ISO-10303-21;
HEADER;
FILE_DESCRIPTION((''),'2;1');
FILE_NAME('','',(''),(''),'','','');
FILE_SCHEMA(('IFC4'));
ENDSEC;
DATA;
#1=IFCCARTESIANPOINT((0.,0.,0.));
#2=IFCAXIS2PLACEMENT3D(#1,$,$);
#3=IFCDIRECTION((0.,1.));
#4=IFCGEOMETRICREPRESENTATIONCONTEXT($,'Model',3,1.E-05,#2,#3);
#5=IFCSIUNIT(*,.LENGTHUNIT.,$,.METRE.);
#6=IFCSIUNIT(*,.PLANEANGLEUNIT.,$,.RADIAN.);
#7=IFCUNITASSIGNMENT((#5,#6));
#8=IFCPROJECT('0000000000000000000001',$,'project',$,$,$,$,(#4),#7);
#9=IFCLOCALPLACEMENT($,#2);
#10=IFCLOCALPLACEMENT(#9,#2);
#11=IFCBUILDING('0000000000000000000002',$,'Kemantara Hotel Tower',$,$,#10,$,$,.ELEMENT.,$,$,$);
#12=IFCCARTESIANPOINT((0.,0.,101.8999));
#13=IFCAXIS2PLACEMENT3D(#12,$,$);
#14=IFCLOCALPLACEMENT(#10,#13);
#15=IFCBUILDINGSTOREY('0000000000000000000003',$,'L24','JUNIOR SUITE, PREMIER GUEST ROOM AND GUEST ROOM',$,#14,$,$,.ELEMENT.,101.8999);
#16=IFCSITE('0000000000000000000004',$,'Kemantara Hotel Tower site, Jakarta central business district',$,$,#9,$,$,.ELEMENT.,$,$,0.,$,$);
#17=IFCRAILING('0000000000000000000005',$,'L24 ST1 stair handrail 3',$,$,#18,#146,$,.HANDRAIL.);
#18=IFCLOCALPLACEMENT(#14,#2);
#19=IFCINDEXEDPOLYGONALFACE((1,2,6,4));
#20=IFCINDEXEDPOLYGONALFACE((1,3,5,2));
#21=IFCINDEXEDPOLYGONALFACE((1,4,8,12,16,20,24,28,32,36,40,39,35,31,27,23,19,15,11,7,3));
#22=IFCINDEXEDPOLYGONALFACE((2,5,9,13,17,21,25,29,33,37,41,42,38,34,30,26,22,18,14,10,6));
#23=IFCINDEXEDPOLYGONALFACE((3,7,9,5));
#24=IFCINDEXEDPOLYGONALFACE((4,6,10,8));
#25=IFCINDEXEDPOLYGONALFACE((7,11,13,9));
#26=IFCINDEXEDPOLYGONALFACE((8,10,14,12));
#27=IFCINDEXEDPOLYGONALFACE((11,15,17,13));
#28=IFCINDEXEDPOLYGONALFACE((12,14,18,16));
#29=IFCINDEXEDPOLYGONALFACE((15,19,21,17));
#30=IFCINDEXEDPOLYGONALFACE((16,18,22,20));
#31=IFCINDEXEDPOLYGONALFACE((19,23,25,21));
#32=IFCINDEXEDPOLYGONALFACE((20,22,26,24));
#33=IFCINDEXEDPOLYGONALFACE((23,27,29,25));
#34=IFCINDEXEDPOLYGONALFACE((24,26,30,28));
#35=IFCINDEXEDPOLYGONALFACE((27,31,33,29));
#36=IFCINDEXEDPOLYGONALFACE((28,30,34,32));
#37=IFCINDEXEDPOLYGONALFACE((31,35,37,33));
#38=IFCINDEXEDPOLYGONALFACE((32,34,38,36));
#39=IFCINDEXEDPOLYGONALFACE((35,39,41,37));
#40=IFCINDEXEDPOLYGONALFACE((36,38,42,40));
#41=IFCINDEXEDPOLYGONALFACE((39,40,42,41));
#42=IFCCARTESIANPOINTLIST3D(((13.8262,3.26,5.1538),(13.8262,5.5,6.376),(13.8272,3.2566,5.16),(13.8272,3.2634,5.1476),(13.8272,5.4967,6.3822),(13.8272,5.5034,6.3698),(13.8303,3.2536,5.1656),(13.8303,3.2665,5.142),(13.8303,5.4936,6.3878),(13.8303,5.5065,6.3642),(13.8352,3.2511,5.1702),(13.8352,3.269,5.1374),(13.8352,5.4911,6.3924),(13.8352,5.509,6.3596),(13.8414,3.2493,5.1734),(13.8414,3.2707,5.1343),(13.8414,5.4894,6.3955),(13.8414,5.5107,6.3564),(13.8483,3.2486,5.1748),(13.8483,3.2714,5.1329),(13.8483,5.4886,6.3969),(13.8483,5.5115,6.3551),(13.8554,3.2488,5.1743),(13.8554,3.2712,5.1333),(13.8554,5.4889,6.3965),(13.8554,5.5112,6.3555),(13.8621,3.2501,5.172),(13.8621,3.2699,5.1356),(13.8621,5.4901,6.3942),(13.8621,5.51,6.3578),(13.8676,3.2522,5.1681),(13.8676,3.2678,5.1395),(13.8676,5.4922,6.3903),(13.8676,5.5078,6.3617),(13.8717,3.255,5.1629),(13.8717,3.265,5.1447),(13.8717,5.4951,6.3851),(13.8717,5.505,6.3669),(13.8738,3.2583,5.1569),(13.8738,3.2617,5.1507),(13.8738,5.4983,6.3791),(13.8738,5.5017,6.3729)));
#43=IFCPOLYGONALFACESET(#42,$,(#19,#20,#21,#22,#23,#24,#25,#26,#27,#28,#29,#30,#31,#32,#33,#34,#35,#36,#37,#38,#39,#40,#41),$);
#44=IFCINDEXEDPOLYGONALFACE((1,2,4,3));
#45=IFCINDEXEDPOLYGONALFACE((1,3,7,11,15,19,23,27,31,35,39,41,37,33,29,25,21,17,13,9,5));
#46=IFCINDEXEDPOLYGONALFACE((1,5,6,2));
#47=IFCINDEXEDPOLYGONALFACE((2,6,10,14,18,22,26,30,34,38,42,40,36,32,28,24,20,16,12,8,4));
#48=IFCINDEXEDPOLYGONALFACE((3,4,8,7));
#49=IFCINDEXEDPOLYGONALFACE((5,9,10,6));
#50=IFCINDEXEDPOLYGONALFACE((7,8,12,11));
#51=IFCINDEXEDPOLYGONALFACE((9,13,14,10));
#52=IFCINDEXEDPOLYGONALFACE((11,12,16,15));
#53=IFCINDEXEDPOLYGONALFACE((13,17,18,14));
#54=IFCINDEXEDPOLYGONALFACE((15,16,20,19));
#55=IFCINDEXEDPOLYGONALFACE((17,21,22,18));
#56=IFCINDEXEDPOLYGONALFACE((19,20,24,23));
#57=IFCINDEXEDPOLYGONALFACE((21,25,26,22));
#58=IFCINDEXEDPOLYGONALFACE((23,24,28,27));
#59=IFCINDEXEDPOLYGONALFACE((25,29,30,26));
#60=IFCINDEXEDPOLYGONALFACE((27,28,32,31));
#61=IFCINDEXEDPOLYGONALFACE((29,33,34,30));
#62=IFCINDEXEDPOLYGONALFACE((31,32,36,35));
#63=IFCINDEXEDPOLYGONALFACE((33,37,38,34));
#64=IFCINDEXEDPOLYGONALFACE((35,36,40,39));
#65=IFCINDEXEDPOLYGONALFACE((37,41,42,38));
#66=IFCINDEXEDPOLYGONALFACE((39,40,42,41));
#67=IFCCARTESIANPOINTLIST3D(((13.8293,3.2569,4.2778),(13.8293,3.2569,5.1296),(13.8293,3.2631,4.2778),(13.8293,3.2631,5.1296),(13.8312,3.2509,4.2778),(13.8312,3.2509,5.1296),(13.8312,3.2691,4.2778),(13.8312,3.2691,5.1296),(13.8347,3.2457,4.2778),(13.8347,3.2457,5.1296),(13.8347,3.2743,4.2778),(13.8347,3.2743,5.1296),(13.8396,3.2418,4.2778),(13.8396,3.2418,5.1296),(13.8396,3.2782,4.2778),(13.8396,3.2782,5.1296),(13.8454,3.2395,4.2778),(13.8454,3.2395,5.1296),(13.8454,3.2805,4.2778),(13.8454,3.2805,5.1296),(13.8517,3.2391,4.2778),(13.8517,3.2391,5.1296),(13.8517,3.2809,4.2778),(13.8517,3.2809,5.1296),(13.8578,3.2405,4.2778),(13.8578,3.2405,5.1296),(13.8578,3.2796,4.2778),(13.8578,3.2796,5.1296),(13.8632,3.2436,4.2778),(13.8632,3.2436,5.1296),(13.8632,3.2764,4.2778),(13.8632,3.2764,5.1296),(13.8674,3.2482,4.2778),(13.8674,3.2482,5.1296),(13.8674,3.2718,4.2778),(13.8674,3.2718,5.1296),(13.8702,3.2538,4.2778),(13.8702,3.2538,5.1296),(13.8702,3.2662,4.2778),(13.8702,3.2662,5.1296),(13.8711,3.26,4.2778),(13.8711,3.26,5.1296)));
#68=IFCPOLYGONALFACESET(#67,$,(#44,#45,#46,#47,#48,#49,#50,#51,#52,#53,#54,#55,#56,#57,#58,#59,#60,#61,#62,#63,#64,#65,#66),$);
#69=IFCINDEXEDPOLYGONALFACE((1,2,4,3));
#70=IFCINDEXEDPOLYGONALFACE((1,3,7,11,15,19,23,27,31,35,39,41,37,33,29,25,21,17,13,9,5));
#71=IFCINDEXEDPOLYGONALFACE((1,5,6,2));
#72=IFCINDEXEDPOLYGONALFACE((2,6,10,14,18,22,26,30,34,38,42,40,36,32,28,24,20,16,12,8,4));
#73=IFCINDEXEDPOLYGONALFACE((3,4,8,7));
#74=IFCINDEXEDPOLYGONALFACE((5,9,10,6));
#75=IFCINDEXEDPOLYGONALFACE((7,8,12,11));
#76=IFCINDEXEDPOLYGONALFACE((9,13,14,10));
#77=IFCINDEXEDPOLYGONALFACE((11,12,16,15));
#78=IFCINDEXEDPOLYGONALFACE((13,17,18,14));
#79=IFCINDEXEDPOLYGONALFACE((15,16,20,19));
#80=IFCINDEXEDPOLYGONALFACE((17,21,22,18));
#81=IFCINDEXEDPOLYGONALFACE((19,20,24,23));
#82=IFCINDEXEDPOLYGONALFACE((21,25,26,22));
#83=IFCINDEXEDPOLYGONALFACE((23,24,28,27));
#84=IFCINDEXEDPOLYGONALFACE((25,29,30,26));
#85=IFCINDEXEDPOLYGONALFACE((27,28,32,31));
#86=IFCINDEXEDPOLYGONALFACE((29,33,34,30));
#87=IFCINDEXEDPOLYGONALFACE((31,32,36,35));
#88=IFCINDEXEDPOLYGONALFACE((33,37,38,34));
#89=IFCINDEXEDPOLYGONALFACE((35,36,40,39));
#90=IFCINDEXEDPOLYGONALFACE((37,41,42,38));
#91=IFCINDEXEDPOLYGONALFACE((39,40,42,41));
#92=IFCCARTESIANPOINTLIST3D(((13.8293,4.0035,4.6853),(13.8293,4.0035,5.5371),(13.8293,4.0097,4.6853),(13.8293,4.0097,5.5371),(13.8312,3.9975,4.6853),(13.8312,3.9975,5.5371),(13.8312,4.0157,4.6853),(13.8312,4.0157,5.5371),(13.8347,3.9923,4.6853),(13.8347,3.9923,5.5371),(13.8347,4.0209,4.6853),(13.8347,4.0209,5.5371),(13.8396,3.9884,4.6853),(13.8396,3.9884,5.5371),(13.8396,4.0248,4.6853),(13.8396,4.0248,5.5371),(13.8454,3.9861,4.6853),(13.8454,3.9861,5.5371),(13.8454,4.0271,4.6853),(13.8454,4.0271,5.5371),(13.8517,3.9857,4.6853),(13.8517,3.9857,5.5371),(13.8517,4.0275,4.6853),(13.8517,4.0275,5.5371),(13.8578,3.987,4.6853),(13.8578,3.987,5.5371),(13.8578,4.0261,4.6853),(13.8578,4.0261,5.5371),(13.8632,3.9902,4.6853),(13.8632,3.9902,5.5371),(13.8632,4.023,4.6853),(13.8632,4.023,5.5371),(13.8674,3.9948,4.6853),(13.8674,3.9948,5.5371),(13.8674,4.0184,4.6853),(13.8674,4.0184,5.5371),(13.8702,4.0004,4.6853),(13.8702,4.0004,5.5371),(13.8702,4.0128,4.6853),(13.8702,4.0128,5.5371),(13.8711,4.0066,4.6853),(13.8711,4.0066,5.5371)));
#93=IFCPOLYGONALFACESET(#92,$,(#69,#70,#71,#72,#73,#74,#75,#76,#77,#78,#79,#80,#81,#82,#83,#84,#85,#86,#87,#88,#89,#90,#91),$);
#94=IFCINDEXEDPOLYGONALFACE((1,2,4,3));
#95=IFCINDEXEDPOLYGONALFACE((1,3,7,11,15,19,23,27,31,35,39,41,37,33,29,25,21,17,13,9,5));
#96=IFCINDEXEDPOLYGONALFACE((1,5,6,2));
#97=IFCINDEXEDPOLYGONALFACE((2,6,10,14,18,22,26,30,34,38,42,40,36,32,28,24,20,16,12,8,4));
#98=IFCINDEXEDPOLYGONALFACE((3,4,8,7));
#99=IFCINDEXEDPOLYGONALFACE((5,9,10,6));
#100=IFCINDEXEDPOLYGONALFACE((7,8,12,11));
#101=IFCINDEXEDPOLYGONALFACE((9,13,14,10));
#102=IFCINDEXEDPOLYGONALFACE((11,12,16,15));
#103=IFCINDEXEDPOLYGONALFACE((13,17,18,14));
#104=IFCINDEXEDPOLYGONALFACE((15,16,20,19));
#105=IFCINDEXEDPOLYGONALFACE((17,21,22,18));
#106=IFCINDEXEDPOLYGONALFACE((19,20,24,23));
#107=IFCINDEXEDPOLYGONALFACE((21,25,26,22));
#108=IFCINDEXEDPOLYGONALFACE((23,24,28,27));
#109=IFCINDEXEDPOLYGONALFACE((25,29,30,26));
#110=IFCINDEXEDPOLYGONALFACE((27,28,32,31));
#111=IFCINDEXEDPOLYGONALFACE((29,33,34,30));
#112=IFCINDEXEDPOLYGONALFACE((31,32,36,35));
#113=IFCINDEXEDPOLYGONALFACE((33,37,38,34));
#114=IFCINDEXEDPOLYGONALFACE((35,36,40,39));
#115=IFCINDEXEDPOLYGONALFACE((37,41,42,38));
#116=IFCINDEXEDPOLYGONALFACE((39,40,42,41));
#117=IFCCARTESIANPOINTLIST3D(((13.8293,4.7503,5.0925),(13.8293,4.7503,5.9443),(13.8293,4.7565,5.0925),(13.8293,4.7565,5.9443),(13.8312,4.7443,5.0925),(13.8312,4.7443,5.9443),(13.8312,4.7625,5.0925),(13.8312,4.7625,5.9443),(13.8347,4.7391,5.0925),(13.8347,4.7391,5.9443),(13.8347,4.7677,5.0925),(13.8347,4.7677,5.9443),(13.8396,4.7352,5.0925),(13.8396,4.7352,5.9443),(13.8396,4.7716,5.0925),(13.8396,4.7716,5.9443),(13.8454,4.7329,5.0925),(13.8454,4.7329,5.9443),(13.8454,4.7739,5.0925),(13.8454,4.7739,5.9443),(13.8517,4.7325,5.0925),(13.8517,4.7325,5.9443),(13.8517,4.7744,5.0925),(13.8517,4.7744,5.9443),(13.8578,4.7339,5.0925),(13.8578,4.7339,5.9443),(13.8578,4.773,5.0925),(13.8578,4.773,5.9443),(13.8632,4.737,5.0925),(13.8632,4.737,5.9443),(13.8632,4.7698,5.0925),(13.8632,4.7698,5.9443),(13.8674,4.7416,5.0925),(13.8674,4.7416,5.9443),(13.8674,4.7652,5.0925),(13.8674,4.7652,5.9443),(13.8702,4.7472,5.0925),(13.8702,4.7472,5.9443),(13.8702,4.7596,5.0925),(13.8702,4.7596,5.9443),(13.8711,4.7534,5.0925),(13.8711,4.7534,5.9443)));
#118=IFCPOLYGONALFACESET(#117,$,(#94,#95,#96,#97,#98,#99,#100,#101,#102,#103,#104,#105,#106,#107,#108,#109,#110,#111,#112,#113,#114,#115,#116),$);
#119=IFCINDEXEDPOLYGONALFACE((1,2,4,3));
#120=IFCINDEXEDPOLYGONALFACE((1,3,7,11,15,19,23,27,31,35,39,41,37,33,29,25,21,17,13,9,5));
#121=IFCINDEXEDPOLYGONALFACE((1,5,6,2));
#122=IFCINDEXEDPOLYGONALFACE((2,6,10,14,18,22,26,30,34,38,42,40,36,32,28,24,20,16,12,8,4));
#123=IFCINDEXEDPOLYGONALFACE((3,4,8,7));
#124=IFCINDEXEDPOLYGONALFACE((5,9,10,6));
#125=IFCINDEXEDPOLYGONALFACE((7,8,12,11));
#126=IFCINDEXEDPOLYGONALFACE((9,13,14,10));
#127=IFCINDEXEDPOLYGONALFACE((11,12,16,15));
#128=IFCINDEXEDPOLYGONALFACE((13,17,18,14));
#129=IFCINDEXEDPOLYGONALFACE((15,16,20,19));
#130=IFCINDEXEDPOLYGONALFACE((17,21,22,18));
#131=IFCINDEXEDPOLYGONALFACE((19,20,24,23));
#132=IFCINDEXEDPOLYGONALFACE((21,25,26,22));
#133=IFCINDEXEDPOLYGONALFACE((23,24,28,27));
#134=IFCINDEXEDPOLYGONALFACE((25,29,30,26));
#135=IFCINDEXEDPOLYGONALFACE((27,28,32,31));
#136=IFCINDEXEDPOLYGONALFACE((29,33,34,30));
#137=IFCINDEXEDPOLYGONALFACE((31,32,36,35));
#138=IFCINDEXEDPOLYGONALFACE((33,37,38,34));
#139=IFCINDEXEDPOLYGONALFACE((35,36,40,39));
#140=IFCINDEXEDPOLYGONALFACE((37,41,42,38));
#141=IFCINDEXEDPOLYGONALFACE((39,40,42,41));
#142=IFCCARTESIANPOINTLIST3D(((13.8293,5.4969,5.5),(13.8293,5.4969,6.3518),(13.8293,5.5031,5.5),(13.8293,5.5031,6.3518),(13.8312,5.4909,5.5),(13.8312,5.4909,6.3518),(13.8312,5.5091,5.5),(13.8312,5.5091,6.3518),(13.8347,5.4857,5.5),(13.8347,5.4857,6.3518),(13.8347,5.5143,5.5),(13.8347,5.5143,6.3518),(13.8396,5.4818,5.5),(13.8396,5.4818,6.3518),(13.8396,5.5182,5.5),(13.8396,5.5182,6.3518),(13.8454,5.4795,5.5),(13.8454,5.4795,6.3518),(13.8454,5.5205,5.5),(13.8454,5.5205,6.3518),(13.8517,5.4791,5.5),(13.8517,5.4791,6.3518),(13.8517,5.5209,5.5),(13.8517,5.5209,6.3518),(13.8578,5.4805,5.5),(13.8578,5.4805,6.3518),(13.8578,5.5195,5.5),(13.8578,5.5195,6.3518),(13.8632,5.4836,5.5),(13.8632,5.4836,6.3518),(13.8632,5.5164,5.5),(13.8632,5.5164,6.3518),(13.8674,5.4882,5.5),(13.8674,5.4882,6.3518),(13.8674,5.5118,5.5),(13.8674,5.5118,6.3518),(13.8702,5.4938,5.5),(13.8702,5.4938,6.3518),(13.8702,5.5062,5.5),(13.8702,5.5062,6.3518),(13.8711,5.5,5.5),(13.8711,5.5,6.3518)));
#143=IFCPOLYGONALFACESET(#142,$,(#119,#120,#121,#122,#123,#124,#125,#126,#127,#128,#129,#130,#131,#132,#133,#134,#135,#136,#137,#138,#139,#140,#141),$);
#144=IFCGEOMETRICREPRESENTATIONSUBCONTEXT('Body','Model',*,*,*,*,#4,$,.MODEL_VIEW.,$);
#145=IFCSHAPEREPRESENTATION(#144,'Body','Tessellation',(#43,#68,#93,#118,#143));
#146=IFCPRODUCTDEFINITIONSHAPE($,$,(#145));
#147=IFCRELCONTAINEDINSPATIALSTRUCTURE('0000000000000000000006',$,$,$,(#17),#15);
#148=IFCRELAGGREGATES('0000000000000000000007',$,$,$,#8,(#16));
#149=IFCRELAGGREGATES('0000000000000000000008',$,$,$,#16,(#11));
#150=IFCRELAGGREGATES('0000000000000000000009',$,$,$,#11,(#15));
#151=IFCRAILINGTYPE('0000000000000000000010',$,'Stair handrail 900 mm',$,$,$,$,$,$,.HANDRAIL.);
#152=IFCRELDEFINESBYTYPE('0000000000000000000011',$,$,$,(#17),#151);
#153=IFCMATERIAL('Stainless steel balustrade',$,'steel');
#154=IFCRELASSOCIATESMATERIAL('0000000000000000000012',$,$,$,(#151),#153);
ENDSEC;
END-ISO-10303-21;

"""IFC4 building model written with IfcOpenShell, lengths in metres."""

from ifc_helpers import new_model, si_unit, direction, frame, origin, origin_2d, place, context, subcontext, project, spatial, circle, extrude, material, type_object, element, save


model = new_model("IFC4")

# Units and contexts
model_context = context("Model", 3, precision=1e-05, world=origin(), true_north=direction((0.0, 1.0)))
body_context = subcontext(model_context, "Body", "Model", "MODEL_VIEW")
ifc_project = project(units=[si_unit("LENGTHUNIT", "METRE"), si_unit("PLANEANGLEUNIT", "RADIAN")], contexts=[model_context])

# Site, building, storey
site_placement = place(None, origin())
site = spatial("IfcSite", under=ifc_project, at=site_placement, Name="Kemantara Hotel Tower site, Jakarta central business district", CompositionType="ELEMENT", RefElevation=0.0)
building_placement = place(site_placement, origin())
building = spatial("IfcBuilding", under=site, at=building_placement, Name="Kemantara Hotel Tower", CompositionType="ELEMENT")
storey_placement = place(building_placement, frame((0.0, 0.0, 101.8999)))
storey = spatial("IfcBuildingStorey", under=building, at=storey_placement, Name="L24", Description="JUNIOR SUITE, PREMIER GUEST ROOM AND GUEST ROOM", CompositionType="ELEMENT", Elevation=101.8999)

# Railing
ifc_material_1 = material(Name="Stainless steel balustrade", Category="steel")
railing_type_1 = type_object("IfcRailingType", Name="Stair handrail 900 mm", PredefinedType="HANDRAIL", material=ifc_material_1)
railing_1_placement = place(storey_placement, frame((13.8501, 3.26, 4.2778)))
element("IfcRailing", 1, at=railing_1_placement, inside=storey, type_object=railing_type_1, Name="L24 ST1 stair handrail 3", PredefinedType="HANDRAIL", context=body_context, shape_type="SweptSolid", body=[
    extrude(circle(Radius=0.0239, at=origin_2d()), frame((0.0, 0.0, 0.876), z_axis=(0.0, 0.877837, 0.478959), x_axis=(-1.0, 0.0, 0.0)), (0.0, 0.0, 1.0), 2.5518),
    extrude(circle(Radius=0.021, at=origin_2d()), origin(), (0.0, 0.0, 1.0), 0.8518),
    extrude(circle(Radius=0.021, at=origin_2d()), frame((0.0, 0.7466, 0.4075)), (0.0, 0.0, 1.0), 0.8518),
    extrude(circle(Radius=0.021, at=origin_2d()), frame((0.0, 1.4934, 0.8147)), (0.0, 0.0, 1.0), 0.8518),
    extrude(circle(Radius=0.021, at=origin_2d()), frame((0.0, 2.24, 1.2222)), (0.0, 0.0, 1.0), 0.8518),
])

save(model, "model.ifc")
